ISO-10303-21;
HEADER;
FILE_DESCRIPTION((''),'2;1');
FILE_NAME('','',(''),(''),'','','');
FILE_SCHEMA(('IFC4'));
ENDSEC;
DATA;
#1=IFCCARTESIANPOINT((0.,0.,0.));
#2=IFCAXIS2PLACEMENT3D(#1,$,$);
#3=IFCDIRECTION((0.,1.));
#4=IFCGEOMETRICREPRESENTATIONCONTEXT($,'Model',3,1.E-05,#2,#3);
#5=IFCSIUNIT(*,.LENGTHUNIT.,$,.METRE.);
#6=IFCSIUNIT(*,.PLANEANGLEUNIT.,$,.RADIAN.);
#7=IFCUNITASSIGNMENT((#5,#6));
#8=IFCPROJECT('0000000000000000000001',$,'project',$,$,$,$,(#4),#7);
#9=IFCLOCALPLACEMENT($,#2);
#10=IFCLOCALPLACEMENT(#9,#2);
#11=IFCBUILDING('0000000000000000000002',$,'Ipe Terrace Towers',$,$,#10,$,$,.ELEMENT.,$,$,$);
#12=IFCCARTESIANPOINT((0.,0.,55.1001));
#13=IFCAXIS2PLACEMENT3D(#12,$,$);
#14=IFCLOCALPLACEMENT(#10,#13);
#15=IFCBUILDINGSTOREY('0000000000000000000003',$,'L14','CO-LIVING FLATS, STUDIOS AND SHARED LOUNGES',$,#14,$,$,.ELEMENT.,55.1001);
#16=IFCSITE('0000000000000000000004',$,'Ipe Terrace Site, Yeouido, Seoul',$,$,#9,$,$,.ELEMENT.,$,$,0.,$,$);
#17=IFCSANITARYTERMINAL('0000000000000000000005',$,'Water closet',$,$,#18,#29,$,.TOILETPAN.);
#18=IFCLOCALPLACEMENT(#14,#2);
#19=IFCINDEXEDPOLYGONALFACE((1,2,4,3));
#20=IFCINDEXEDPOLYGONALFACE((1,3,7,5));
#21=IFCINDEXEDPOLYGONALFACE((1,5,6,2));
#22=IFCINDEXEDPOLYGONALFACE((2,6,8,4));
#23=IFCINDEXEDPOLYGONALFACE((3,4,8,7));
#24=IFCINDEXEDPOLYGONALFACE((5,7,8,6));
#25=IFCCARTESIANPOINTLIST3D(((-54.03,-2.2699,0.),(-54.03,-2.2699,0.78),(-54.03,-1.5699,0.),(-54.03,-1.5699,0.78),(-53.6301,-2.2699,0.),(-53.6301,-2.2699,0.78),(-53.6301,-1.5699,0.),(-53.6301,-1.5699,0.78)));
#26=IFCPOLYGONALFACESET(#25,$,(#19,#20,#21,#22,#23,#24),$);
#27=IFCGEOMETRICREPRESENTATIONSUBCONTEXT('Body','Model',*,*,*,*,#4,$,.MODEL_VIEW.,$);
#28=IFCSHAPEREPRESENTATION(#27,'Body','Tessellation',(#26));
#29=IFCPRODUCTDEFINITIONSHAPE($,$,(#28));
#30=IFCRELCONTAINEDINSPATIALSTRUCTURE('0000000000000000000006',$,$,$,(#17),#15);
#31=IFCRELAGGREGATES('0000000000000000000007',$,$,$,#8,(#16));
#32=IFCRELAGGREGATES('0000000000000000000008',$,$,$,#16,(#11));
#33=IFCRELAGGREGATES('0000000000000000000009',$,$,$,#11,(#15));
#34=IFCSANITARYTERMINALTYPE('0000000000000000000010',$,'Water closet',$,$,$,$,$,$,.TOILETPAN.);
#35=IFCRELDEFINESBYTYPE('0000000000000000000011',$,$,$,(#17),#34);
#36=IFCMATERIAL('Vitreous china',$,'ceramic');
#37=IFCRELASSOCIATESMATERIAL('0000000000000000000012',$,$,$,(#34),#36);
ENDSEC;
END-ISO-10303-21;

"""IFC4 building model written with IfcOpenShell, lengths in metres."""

from ifc_helpers import new_model, si_unit, direction, frame, origin, origin_2d, place, context, subcontext, project, spatial, rectangle, extrude, material, type_object, element, save


model = new_model("IFC4")

# Units and contexts
model_context = context("Model", 3, precision=1e-05, world=origin(), true_north=direction((0.0, 1.0)))
body_context = subcontext(model_context, "Body", "Model", "MODEL_VIEW")
ifc_project = project(units=[si_unit("LENGTHUNIT", "METRE"), si_unit("PLANEANGLEUNIT", "RADIAN")], contexts=[model_context])

# Site, building, storey
site_placement = place(None, origin())
site = spatial("IfcSite", under=ifc_project, at=site_placement, Name="Ipe Terrace Site, Yeouido, Seoul", CompositionType="ELEMENT", RefElevation=0.0)
building_placement = place(site_placement, origin())
building = spatial("IfcBuilding", under=site, at=building_placement, Name="Ipe Terrace Towers", CompositionType="ELEMENT")
storey_placement = place(building_placement, frame((0.0, 0.0, 55.1001)))
storey = spatial("IfcBuildingStorey", under=building, at=storey_placement, Name="L14", Description="CO-LIVING FLATS, STUDIOS AND SHARED LOUNGES", CompositionType="ELEMENT", Elevation=55.1001)

# Sanitary terminal
ifc_material_1 = material(Name="Vitreous china", Category="ceramic")
sanitary_terminal_type_1 = type_object("IfcSanitaryTerminalType", Name="Water closet", PredefinedType="TOILETPAN", material=ifc_material_1)
sanitary_terminal_1_placement = place(storey_placement, frame((-53.8301, -1.9199, 0.0), z_axis=(0.0, 0.0, 1.0), x_axis=(0.0, -1.0, 0.0)))
element("IfcSanitaryTerminal", 1, at=sanitary_terminal_1_placement, inside=storey, type_object=sanitary_terminal_type_1, Name="Water closet", PredefinedType="TOILETPAN", context=body_context, shape_type="SweptSolid", body=[
    extrude(rectangle(XDim=0.7, YDim=0.3999, at=origin_2d()), origin(), (0.0, 0.0, 1.0), 0.78),
])

save(model, "model.ifc")
